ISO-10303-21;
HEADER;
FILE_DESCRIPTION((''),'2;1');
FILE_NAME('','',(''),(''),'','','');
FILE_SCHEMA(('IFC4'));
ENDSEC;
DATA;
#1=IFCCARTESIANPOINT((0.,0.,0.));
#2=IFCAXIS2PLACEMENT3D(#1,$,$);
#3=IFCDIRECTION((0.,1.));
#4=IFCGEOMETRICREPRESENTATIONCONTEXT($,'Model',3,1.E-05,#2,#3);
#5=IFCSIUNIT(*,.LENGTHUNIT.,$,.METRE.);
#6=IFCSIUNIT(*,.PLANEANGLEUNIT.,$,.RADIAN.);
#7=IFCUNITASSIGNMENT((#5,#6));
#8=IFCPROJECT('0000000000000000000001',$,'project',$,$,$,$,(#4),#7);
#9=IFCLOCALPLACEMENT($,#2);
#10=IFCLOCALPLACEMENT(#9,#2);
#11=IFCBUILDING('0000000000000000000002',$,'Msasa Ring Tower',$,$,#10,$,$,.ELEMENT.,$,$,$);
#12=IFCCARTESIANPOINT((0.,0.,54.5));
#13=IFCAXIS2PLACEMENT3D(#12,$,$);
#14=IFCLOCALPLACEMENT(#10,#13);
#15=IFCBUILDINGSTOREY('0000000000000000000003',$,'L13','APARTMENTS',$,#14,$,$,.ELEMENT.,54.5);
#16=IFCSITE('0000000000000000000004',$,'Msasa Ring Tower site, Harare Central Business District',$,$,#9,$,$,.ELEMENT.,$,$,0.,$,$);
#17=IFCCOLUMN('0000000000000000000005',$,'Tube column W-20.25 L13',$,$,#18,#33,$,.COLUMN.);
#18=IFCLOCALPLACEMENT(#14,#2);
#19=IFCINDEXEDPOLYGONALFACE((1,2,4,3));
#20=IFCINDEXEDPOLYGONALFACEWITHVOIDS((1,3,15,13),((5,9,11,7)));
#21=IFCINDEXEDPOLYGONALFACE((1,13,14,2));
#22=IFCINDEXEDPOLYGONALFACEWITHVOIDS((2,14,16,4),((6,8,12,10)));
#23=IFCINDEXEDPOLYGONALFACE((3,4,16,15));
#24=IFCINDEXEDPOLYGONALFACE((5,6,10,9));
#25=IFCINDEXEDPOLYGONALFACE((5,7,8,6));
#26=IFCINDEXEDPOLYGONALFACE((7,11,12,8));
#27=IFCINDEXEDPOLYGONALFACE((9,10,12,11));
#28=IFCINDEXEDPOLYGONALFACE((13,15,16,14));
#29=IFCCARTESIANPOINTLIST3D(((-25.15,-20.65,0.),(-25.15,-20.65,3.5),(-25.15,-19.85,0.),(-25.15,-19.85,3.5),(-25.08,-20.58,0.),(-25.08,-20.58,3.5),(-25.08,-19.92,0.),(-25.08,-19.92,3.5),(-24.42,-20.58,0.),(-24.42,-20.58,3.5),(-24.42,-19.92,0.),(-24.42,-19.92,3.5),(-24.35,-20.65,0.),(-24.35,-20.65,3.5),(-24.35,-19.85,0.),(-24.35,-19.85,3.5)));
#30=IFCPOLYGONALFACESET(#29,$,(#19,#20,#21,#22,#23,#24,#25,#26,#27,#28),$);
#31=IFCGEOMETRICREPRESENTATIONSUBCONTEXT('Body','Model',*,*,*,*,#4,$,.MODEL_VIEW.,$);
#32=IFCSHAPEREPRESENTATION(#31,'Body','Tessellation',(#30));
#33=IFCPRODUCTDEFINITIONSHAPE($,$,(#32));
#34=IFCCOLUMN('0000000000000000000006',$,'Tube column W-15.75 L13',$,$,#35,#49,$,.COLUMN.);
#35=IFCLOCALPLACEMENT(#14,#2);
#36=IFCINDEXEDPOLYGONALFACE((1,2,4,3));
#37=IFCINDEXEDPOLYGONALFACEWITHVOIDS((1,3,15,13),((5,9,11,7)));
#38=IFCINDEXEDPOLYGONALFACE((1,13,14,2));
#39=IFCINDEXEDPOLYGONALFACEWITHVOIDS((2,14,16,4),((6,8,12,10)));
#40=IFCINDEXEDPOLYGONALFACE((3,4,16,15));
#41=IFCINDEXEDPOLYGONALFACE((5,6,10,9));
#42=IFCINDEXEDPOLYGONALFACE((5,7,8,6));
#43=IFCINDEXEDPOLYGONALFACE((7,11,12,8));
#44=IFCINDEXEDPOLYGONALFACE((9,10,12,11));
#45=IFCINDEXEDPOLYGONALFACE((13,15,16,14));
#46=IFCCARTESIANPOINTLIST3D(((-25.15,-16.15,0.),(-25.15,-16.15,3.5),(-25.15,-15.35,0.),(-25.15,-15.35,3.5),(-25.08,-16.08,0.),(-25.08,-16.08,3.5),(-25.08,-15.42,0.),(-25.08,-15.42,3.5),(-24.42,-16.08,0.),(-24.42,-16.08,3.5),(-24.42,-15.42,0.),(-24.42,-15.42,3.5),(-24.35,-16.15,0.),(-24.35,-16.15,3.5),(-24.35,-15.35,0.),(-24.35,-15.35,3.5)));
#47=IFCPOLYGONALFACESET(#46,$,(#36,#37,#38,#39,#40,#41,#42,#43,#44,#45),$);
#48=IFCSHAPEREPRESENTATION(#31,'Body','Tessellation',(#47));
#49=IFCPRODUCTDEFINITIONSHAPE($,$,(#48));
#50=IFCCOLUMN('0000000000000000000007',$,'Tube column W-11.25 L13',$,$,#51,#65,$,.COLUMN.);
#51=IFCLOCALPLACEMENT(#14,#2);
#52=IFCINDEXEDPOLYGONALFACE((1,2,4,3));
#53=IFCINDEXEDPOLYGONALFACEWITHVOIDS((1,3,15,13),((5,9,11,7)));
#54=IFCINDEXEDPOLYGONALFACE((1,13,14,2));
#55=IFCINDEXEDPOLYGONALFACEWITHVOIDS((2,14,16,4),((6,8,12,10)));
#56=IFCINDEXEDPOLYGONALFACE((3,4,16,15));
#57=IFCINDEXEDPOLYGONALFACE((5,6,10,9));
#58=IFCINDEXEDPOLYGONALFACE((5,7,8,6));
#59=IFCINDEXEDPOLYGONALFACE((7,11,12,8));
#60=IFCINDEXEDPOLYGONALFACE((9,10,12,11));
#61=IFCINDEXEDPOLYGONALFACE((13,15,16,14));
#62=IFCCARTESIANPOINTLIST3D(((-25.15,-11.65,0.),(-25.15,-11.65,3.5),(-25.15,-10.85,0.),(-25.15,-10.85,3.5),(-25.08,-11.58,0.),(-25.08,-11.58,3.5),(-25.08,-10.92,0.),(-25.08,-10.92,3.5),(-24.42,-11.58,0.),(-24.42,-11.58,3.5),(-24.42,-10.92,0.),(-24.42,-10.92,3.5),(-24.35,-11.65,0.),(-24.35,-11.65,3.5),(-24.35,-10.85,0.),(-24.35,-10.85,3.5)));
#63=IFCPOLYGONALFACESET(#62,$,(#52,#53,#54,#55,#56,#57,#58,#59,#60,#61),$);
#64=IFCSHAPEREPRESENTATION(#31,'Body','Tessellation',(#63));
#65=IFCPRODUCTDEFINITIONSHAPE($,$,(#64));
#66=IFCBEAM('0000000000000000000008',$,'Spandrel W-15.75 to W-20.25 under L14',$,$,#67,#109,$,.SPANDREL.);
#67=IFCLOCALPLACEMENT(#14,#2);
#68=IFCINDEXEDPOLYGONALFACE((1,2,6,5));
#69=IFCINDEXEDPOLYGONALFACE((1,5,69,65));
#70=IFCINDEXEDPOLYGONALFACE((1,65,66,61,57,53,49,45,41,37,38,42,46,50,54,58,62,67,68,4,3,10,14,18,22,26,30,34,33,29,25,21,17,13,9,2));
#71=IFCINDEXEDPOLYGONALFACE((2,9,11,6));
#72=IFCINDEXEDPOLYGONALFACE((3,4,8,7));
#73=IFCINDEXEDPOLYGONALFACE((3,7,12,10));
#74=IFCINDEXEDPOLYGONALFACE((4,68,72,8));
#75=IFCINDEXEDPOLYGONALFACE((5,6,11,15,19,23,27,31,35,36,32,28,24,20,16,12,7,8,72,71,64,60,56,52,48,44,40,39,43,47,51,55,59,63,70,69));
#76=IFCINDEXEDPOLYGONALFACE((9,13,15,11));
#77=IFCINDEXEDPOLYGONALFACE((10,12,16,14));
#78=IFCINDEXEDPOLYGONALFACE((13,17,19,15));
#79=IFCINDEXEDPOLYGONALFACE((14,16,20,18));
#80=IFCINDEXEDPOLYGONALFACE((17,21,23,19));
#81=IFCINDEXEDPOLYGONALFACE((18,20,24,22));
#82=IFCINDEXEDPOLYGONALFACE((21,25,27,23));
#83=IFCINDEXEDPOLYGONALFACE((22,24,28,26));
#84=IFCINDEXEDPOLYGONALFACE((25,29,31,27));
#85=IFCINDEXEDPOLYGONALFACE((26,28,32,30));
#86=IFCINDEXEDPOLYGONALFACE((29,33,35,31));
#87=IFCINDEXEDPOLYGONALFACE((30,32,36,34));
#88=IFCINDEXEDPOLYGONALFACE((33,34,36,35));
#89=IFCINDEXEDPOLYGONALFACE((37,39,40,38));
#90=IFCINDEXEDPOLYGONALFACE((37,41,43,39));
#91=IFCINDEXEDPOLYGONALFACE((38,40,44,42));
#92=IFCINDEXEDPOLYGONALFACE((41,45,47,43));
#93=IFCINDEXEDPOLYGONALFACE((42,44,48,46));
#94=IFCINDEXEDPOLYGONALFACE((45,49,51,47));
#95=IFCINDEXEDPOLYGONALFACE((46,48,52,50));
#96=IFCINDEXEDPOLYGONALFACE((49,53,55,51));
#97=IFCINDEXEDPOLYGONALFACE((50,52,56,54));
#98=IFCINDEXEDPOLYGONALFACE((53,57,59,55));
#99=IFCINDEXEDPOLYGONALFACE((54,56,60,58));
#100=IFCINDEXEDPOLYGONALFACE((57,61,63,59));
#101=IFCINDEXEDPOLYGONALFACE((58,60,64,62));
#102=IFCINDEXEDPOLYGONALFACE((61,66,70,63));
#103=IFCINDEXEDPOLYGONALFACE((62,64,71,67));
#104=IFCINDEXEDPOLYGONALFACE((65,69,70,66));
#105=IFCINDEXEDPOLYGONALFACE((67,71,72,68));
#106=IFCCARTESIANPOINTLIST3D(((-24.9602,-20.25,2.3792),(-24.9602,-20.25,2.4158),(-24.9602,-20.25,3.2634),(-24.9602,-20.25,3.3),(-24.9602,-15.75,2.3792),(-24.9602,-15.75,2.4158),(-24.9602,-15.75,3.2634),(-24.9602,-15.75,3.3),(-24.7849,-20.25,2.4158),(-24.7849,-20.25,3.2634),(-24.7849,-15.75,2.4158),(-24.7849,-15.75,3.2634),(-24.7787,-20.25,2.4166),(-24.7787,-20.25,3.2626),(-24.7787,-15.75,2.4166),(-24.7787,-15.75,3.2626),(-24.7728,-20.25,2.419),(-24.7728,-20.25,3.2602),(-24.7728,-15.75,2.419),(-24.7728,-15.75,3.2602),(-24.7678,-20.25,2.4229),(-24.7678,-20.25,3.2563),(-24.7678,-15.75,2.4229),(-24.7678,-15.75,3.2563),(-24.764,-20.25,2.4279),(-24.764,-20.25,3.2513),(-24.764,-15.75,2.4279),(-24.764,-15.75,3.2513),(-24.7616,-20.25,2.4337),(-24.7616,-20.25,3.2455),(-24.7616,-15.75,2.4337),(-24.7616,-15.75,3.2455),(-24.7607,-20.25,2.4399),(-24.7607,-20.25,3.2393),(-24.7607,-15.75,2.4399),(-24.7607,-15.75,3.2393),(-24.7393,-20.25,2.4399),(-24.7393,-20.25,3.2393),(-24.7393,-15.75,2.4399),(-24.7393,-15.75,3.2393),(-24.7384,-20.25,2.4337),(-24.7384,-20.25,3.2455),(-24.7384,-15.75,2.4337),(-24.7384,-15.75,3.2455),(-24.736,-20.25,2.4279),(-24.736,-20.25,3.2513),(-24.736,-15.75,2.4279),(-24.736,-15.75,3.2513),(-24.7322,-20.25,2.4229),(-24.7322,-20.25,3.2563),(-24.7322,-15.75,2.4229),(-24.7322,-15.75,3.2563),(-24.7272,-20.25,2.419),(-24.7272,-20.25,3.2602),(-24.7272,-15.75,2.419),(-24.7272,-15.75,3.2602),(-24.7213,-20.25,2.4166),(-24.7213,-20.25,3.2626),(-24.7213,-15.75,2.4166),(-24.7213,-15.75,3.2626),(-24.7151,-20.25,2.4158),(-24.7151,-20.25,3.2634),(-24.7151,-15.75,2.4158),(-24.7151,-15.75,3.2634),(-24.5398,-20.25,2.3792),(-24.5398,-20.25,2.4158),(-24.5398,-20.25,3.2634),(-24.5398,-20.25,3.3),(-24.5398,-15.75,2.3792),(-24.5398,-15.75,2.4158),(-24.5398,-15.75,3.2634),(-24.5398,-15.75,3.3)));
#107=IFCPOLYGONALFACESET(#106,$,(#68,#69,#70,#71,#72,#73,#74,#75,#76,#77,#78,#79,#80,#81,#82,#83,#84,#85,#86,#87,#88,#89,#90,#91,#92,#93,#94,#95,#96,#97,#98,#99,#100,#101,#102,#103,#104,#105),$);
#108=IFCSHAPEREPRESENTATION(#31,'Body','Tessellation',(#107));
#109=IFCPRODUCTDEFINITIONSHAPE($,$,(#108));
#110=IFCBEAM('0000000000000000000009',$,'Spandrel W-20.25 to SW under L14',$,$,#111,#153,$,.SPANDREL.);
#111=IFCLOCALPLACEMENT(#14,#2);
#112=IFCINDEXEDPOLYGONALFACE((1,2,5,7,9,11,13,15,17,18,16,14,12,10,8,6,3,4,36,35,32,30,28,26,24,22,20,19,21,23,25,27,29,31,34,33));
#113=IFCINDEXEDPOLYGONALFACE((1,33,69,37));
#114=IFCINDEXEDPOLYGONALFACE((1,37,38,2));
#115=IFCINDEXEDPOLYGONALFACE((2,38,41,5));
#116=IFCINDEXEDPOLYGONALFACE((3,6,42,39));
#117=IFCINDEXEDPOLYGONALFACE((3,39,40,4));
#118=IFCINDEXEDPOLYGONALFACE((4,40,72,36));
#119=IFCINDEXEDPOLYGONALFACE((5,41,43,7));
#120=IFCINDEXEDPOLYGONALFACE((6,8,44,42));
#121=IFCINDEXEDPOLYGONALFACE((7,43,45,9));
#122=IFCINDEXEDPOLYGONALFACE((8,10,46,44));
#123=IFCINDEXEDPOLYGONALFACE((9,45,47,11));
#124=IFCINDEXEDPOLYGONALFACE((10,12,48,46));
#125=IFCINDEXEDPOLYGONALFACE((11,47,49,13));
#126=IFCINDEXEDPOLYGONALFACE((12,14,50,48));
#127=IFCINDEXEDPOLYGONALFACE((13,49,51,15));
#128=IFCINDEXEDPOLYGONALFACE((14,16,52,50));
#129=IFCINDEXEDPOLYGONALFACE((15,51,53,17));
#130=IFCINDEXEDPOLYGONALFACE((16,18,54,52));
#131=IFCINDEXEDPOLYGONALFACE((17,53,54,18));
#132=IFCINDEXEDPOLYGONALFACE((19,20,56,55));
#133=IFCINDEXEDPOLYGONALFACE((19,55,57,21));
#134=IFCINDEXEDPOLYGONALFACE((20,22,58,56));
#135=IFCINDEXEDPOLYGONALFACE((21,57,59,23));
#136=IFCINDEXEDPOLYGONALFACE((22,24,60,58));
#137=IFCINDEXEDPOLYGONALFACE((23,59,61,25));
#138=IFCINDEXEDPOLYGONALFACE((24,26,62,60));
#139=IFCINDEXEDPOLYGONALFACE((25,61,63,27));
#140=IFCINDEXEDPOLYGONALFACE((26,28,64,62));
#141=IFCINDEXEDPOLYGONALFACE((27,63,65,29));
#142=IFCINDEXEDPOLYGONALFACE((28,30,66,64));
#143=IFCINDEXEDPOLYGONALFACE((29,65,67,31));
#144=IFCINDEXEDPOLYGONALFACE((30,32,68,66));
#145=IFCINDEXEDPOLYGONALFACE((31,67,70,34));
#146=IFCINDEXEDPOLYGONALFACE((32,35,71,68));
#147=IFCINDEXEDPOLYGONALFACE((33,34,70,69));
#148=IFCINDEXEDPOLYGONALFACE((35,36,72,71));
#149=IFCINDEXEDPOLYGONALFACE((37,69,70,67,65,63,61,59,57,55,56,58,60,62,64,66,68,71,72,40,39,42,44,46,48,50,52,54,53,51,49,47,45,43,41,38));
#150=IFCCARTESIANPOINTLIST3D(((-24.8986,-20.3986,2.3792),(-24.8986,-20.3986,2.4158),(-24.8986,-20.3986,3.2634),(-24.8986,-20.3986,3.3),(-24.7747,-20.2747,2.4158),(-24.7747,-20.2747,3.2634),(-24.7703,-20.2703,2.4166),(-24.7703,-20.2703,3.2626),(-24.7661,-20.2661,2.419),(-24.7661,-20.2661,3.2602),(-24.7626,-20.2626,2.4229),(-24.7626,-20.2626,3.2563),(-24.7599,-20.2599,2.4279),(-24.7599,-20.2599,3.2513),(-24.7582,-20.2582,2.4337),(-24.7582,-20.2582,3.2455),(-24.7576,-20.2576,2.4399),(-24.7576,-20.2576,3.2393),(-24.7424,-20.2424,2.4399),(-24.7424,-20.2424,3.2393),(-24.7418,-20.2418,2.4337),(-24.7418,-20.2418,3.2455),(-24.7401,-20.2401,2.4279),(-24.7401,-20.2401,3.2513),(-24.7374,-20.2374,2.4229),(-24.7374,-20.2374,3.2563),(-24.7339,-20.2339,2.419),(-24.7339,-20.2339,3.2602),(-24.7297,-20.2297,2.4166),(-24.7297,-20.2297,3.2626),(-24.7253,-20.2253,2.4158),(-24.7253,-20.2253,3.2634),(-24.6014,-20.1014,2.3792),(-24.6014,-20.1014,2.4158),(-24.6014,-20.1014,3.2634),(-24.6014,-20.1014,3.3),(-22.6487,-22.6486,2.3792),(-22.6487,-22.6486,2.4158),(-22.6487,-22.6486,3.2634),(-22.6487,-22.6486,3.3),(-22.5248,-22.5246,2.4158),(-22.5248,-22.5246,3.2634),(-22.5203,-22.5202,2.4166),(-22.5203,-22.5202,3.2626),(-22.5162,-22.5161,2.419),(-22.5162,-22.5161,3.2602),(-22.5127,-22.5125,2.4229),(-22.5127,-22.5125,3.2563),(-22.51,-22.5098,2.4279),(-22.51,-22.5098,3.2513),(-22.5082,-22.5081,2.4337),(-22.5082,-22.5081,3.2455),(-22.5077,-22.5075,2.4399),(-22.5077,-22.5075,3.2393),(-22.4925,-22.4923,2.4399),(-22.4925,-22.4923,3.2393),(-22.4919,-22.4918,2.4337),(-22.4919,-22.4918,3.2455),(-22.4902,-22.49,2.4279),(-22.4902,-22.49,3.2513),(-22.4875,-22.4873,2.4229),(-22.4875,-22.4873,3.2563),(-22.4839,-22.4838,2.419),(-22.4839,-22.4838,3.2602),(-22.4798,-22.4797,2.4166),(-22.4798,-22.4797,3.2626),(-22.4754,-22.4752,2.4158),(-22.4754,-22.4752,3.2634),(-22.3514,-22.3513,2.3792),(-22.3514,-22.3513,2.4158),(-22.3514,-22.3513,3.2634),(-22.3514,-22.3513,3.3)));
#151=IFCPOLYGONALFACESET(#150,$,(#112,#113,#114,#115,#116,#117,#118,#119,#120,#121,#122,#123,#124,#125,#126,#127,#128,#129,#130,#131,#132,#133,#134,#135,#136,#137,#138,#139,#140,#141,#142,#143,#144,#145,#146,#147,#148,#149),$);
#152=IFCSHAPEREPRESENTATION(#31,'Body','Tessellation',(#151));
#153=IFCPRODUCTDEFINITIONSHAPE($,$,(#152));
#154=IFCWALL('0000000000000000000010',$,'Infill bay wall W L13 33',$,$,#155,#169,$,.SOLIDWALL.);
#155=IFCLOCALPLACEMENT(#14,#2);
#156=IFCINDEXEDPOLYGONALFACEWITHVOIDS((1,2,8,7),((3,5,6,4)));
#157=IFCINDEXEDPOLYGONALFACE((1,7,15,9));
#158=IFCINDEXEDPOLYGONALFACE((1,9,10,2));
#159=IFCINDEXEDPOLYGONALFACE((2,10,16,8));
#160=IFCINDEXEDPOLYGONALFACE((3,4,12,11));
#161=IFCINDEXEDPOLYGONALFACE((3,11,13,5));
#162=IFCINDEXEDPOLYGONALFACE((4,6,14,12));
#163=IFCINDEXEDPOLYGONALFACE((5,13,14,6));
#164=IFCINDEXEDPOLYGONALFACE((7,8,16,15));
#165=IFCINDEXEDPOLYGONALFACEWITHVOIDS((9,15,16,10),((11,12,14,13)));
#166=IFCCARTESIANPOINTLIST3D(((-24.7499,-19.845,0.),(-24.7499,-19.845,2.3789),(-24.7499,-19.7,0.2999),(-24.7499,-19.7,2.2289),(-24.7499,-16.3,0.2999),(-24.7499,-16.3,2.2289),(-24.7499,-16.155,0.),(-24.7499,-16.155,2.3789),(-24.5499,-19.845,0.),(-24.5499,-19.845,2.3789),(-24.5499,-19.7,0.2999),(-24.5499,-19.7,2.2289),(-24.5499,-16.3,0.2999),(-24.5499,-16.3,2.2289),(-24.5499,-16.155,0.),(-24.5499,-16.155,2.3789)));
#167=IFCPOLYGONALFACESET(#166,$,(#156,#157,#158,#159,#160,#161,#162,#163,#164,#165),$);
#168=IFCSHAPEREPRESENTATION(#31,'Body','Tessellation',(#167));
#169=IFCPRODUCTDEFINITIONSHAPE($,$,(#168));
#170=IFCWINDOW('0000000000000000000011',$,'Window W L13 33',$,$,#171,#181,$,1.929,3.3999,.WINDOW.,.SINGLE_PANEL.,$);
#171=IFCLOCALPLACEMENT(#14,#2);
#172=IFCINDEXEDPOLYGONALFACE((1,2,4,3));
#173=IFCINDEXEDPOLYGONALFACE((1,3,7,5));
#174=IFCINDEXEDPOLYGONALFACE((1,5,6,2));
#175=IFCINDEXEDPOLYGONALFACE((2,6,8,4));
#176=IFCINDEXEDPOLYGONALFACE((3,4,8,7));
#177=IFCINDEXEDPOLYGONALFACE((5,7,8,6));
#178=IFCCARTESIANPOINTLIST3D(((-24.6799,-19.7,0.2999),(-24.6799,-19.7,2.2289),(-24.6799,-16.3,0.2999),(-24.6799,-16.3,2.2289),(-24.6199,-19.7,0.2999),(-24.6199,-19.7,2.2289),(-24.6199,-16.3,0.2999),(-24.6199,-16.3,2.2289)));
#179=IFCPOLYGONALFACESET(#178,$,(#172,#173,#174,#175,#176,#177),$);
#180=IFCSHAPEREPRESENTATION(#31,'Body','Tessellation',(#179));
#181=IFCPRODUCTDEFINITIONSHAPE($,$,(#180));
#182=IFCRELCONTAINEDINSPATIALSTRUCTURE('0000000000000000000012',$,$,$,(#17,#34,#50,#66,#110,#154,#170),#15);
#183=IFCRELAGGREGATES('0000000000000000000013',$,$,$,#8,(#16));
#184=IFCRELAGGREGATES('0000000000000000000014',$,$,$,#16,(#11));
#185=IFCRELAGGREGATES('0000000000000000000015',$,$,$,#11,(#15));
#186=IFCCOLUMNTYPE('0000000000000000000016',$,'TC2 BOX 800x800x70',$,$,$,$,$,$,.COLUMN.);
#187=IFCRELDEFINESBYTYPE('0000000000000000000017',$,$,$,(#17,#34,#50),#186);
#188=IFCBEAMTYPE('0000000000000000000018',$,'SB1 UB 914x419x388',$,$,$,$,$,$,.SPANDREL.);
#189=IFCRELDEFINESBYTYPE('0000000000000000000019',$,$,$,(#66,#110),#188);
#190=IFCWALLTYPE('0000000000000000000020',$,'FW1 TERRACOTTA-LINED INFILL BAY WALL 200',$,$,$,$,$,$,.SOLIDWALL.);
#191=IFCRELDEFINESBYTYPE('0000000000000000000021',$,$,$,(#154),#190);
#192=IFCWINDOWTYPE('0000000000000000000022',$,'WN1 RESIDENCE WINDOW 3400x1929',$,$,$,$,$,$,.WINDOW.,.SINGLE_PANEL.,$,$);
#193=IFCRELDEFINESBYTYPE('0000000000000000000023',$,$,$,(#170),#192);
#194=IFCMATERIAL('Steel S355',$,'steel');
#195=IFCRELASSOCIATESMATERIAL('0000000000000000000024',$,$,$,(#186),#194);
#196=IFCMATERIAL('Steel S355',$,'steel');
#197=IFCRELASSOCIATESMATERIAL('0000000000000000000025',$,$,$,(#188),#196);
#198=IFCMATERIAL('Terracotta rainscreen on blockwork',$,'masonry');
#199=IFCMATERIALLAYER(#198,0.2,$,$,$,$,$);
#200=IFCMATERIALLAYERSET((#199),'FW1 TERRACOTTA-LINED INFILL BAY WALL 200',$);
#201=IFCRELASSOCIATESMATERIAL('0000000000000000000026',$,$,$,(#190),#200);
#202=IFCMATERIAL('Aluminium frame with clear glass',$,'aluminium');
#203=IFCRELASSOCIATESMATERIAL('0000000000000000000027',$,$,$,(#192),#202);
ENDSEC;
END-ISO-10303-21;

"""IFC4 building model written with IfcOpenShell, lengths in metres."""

from ifc_helpers import new_model, si_unit, direction, frame, frame_2d, origin, origin_2d, place, context, subcontext, project, spatial, rectangle, hollow_rectangle, i_section, extrude, material, layer, layer_set, material_profile, profile_set, type_object, element, fill, save


model = new_model("IFC4")

# Units and contexts
model_context = context("Model", 3, precision=1e-05, world=origin(), true_north=direction((0.0, 1.0)))
body_context = subcontext(model_context, "Body", "Model", "MODEL_VIEW")
ifc_project = project(units=[si_unit("LENGTHUNIT", "METRE"), si_unit("PLANEANGLEUNIT", "RADIAN")], contexts=[model_context])

# Site, building, storey
site_placement = place(None, origin())
site = spatial("IfcSite", under=ifc_project, at=site_placement, Name="Msasa Ring Tower site, Harare Central Business District", CompositionType="ELEMENT", RefElevation=0.0)
building_placement = place(site_placement, origin())
building = spatial("IfcBuilding", under=site, at=building_placement, Name="Msasa Ring Tower", CompositionType="ELEMENT")
storey_placement = place(building_placement, frame((0.0, 0.0, 54.5)))
storey = spatial("IfcBuildingStorey", under=building, at=storey_placement, Name="L13", Description="APARTMENTS", CompositionType="ELEMENT", Elevation=54.5)

# Columns
ifc_material_1 = material(Name="Steel S355", Category="steel")
ifc_material_profile_1 = material_profile(ifc_material_1, hollow_rectangle(XDim=0.8, YDim=0.8, WallThickness=0.0701, at=origin_2d()), Name="BOX 800x800x70")
ifc_profile_set_1 = profile_set([ifc_material_profile_1], Name="Steel S355")
column_type = type_object("IfcColumnType", Name="TC2 BOX 800x800x70", PredefinedType="COLUMN", material=ifc_profile_set_1)
for number, where, z_axis, x_axis, name in (
    (1, (-24.75, -20.25, 0.0), (0.0, 0.0, 1.0), (1.0, 0.0, 0.0), "Tube column W-20.25 L13"),
    (2, (-24.75, -15.75, 0.0), (0.0, 0.0, 1.0), (1.0, 0.0, 0.0), "Tube column W-15.75 L13"),
    (3, (-24.75, -11.25, 0.0), (0.0, 0.0, 1.0), (1.0, 0.0, 0.0), "Tube column W-11.25 L13"),
):
    element("IfcColumn", number, at=place(storey_placement, frame(where, z_axis=z_axis, x_axis=x_axis)), inside=storey, type_object=column_type, Name=name, PredefinedType="COLUMN", context=body_context, shape_type="SweptSolid", body=[
        extrude(hollow_rectangle(XDim=0.8, YDim=0.8, WallThickness=0.0701, at=origin_2d()), origin(), (0.0, 0.0, 1.0), 3.5),
    ])

# Beams
ifc_material_2 = material(Name="Steel S355", Category="steel")
ifc_material_profile_2 = material_profile(ifc_material_2, i_section(OverallWidth=0.4204, OverallDepth=0.9209, WebThickness=0.0215, FlangeThickness=0.0366, FilletRadius=0.0242, at=origin_2d()), Name="UB 914x419x388")
ifc_profile_set_2 = profile_set([ifc_material_profile_2], Name="Steel S355")
beam_type = type_object("IfcBeamType", Name="SB1 UB 914x419x388", PredefinedType="SPANDREL", material=ifc_profile_set_2)
beam_1_placement = place(storey_placement, frame((-24.75, -15.75, 2.8396), z_axis=(0.0, -1.0, 0.0), x_axis=(1.0, 0.0, 0.0)))
element("IfcBeam", 4, at=beam_1_placement, inside=storey, type_object=beam_type, Name="Spandrel W-15.75 to W-20.25 under L14", PredefinedType="SPANDREL", context=body_context, shape_type="SweptSolid", body=[
    extrude(i_section(OverallWidth=0.4204, OverallDepth=0.9209, WebThickness=0.0215, FlangeThickness=0.0366, FilletRadius=0.0242, at=origin_2d()), origin(), (0.0, 0.0, 1.0), 4.5),
])
beam_2_placement = place(storey_placement, frame((-24.75, -20.25, 2.8396), z_axis=(0.707107, -0.707107, 0.0), x_axis=(0.707107, 0.707107, 0.0)))
element("IfcBeam", 5, at=beam_2_placement, inside=storey, type_object=beam_type, Name="Spandrel W-20.25 to SW under L14", PredefinedType="SPANDREL", context=body_context, shape_type="SweptSolid", body=[
    extrude(i_section(OverallWidth=0.4204, OverallDepth=0.9209, WebThickness=0.0215, FlangeThickness=0.0366, FilletRadius=0.0242, at=origin_2d()), origin(), (0.0, 0.0, 1.0), 3.1819),
])

# Wall, opening, window
ifc_material_3 = material(Name="Terracotta rainscreen on blockwork", Category="masonry")
ifc_layer_1 = layer(ifc_material_3, 0.2)
ifc_layer_set_1 = layer_set([ifc_layer_1], Name="FW1 TERRACOTTA-LINED INFILL BAY WALL 200")
wall_type_1 = type_object("IfcWallType", Name="FW1 TERRACOTTA-LINED INFILL BAY WALL 200", PredefinedType="SOLIDWALL", material=ifc_layer_set_1)
wall_1_placement = place(storey_placement, frame((-24.6499, -19.845, 0.0), z_axis=(0.0, 0.0, 1.0), x_axis=(0.0, 1.0, 0.0)))
wall_1 = element("IfcWall", 6, at=wall_1_placement, inside=storey, type_object=wall_type_1, Name="Infill bay wall W L13 33", PredefinedType="SOLIDWALL", context=body_context, shape_type="SweptSolid", body=[
    extrude(rectangle(XDim=3.6899, YDim=0.2, at=frame_2d((1.845, 0.0))), origin(), (0.0, 0.0, 1.0), 2.3789),
])
opening_1_placement = place(wall_1_placement, frame((0.145, 0.0, 0.3)))
opening_1 = element("IfcOpeningElement", 7, at=opening_1_placement, cuts=wall_1, PredefinedType="OPENING", context=body_context, shape_type="SweptSolid", body=[
    extrude(rectangle(XDim=3.3999, YDim=1.929, at=frame_2d((1.7, 0.9644))), frame((0.0, 0.1099, 0.0), z_axis=(0.0, -1.0, 0.0), x_axis=(1.0, 0.0, 0.0)), (0.0, 0.0, 1.0), 0.22),
])
ifc_material_4 = material(Name="Aluminium frame with clear glass", Category="aluminium")
window_type = type_object("IfcWindowType", Name="WN1 RESIDENCE WINDOW 3400x1929", PartitioningType="SINGLE_PANEL", PredefinedType="WINDOW", material=ifc_material_4)
window_1_placement = place(opening_1_placement, origin())
window_1 = element("IfcWindow", 8, at=window_1_placement, inside=storey, type_object=window_type, Name="Window W L13 33", OverallHeight=1.929, OverallWidth=3.3999, PartitioningType="SINGLE_PANEL", PredefinedType="WINDOW", context=body_context, shape_type="SweptSolid", body=[
    extrude(rectangle(XDim=3.3999, YDim=1.929, at=frame_2d((1.7, 0.9644))), frame((0.0, 0.03, 0.0), z_axis=(0.0, -1.0, 0.0), x_axis=(1.0, 0.0, 0.0)), (0.0, 0.0, 1.0), 0.0601),
])
fill(opening_1, window_1)

save(model, "model.ifc")
